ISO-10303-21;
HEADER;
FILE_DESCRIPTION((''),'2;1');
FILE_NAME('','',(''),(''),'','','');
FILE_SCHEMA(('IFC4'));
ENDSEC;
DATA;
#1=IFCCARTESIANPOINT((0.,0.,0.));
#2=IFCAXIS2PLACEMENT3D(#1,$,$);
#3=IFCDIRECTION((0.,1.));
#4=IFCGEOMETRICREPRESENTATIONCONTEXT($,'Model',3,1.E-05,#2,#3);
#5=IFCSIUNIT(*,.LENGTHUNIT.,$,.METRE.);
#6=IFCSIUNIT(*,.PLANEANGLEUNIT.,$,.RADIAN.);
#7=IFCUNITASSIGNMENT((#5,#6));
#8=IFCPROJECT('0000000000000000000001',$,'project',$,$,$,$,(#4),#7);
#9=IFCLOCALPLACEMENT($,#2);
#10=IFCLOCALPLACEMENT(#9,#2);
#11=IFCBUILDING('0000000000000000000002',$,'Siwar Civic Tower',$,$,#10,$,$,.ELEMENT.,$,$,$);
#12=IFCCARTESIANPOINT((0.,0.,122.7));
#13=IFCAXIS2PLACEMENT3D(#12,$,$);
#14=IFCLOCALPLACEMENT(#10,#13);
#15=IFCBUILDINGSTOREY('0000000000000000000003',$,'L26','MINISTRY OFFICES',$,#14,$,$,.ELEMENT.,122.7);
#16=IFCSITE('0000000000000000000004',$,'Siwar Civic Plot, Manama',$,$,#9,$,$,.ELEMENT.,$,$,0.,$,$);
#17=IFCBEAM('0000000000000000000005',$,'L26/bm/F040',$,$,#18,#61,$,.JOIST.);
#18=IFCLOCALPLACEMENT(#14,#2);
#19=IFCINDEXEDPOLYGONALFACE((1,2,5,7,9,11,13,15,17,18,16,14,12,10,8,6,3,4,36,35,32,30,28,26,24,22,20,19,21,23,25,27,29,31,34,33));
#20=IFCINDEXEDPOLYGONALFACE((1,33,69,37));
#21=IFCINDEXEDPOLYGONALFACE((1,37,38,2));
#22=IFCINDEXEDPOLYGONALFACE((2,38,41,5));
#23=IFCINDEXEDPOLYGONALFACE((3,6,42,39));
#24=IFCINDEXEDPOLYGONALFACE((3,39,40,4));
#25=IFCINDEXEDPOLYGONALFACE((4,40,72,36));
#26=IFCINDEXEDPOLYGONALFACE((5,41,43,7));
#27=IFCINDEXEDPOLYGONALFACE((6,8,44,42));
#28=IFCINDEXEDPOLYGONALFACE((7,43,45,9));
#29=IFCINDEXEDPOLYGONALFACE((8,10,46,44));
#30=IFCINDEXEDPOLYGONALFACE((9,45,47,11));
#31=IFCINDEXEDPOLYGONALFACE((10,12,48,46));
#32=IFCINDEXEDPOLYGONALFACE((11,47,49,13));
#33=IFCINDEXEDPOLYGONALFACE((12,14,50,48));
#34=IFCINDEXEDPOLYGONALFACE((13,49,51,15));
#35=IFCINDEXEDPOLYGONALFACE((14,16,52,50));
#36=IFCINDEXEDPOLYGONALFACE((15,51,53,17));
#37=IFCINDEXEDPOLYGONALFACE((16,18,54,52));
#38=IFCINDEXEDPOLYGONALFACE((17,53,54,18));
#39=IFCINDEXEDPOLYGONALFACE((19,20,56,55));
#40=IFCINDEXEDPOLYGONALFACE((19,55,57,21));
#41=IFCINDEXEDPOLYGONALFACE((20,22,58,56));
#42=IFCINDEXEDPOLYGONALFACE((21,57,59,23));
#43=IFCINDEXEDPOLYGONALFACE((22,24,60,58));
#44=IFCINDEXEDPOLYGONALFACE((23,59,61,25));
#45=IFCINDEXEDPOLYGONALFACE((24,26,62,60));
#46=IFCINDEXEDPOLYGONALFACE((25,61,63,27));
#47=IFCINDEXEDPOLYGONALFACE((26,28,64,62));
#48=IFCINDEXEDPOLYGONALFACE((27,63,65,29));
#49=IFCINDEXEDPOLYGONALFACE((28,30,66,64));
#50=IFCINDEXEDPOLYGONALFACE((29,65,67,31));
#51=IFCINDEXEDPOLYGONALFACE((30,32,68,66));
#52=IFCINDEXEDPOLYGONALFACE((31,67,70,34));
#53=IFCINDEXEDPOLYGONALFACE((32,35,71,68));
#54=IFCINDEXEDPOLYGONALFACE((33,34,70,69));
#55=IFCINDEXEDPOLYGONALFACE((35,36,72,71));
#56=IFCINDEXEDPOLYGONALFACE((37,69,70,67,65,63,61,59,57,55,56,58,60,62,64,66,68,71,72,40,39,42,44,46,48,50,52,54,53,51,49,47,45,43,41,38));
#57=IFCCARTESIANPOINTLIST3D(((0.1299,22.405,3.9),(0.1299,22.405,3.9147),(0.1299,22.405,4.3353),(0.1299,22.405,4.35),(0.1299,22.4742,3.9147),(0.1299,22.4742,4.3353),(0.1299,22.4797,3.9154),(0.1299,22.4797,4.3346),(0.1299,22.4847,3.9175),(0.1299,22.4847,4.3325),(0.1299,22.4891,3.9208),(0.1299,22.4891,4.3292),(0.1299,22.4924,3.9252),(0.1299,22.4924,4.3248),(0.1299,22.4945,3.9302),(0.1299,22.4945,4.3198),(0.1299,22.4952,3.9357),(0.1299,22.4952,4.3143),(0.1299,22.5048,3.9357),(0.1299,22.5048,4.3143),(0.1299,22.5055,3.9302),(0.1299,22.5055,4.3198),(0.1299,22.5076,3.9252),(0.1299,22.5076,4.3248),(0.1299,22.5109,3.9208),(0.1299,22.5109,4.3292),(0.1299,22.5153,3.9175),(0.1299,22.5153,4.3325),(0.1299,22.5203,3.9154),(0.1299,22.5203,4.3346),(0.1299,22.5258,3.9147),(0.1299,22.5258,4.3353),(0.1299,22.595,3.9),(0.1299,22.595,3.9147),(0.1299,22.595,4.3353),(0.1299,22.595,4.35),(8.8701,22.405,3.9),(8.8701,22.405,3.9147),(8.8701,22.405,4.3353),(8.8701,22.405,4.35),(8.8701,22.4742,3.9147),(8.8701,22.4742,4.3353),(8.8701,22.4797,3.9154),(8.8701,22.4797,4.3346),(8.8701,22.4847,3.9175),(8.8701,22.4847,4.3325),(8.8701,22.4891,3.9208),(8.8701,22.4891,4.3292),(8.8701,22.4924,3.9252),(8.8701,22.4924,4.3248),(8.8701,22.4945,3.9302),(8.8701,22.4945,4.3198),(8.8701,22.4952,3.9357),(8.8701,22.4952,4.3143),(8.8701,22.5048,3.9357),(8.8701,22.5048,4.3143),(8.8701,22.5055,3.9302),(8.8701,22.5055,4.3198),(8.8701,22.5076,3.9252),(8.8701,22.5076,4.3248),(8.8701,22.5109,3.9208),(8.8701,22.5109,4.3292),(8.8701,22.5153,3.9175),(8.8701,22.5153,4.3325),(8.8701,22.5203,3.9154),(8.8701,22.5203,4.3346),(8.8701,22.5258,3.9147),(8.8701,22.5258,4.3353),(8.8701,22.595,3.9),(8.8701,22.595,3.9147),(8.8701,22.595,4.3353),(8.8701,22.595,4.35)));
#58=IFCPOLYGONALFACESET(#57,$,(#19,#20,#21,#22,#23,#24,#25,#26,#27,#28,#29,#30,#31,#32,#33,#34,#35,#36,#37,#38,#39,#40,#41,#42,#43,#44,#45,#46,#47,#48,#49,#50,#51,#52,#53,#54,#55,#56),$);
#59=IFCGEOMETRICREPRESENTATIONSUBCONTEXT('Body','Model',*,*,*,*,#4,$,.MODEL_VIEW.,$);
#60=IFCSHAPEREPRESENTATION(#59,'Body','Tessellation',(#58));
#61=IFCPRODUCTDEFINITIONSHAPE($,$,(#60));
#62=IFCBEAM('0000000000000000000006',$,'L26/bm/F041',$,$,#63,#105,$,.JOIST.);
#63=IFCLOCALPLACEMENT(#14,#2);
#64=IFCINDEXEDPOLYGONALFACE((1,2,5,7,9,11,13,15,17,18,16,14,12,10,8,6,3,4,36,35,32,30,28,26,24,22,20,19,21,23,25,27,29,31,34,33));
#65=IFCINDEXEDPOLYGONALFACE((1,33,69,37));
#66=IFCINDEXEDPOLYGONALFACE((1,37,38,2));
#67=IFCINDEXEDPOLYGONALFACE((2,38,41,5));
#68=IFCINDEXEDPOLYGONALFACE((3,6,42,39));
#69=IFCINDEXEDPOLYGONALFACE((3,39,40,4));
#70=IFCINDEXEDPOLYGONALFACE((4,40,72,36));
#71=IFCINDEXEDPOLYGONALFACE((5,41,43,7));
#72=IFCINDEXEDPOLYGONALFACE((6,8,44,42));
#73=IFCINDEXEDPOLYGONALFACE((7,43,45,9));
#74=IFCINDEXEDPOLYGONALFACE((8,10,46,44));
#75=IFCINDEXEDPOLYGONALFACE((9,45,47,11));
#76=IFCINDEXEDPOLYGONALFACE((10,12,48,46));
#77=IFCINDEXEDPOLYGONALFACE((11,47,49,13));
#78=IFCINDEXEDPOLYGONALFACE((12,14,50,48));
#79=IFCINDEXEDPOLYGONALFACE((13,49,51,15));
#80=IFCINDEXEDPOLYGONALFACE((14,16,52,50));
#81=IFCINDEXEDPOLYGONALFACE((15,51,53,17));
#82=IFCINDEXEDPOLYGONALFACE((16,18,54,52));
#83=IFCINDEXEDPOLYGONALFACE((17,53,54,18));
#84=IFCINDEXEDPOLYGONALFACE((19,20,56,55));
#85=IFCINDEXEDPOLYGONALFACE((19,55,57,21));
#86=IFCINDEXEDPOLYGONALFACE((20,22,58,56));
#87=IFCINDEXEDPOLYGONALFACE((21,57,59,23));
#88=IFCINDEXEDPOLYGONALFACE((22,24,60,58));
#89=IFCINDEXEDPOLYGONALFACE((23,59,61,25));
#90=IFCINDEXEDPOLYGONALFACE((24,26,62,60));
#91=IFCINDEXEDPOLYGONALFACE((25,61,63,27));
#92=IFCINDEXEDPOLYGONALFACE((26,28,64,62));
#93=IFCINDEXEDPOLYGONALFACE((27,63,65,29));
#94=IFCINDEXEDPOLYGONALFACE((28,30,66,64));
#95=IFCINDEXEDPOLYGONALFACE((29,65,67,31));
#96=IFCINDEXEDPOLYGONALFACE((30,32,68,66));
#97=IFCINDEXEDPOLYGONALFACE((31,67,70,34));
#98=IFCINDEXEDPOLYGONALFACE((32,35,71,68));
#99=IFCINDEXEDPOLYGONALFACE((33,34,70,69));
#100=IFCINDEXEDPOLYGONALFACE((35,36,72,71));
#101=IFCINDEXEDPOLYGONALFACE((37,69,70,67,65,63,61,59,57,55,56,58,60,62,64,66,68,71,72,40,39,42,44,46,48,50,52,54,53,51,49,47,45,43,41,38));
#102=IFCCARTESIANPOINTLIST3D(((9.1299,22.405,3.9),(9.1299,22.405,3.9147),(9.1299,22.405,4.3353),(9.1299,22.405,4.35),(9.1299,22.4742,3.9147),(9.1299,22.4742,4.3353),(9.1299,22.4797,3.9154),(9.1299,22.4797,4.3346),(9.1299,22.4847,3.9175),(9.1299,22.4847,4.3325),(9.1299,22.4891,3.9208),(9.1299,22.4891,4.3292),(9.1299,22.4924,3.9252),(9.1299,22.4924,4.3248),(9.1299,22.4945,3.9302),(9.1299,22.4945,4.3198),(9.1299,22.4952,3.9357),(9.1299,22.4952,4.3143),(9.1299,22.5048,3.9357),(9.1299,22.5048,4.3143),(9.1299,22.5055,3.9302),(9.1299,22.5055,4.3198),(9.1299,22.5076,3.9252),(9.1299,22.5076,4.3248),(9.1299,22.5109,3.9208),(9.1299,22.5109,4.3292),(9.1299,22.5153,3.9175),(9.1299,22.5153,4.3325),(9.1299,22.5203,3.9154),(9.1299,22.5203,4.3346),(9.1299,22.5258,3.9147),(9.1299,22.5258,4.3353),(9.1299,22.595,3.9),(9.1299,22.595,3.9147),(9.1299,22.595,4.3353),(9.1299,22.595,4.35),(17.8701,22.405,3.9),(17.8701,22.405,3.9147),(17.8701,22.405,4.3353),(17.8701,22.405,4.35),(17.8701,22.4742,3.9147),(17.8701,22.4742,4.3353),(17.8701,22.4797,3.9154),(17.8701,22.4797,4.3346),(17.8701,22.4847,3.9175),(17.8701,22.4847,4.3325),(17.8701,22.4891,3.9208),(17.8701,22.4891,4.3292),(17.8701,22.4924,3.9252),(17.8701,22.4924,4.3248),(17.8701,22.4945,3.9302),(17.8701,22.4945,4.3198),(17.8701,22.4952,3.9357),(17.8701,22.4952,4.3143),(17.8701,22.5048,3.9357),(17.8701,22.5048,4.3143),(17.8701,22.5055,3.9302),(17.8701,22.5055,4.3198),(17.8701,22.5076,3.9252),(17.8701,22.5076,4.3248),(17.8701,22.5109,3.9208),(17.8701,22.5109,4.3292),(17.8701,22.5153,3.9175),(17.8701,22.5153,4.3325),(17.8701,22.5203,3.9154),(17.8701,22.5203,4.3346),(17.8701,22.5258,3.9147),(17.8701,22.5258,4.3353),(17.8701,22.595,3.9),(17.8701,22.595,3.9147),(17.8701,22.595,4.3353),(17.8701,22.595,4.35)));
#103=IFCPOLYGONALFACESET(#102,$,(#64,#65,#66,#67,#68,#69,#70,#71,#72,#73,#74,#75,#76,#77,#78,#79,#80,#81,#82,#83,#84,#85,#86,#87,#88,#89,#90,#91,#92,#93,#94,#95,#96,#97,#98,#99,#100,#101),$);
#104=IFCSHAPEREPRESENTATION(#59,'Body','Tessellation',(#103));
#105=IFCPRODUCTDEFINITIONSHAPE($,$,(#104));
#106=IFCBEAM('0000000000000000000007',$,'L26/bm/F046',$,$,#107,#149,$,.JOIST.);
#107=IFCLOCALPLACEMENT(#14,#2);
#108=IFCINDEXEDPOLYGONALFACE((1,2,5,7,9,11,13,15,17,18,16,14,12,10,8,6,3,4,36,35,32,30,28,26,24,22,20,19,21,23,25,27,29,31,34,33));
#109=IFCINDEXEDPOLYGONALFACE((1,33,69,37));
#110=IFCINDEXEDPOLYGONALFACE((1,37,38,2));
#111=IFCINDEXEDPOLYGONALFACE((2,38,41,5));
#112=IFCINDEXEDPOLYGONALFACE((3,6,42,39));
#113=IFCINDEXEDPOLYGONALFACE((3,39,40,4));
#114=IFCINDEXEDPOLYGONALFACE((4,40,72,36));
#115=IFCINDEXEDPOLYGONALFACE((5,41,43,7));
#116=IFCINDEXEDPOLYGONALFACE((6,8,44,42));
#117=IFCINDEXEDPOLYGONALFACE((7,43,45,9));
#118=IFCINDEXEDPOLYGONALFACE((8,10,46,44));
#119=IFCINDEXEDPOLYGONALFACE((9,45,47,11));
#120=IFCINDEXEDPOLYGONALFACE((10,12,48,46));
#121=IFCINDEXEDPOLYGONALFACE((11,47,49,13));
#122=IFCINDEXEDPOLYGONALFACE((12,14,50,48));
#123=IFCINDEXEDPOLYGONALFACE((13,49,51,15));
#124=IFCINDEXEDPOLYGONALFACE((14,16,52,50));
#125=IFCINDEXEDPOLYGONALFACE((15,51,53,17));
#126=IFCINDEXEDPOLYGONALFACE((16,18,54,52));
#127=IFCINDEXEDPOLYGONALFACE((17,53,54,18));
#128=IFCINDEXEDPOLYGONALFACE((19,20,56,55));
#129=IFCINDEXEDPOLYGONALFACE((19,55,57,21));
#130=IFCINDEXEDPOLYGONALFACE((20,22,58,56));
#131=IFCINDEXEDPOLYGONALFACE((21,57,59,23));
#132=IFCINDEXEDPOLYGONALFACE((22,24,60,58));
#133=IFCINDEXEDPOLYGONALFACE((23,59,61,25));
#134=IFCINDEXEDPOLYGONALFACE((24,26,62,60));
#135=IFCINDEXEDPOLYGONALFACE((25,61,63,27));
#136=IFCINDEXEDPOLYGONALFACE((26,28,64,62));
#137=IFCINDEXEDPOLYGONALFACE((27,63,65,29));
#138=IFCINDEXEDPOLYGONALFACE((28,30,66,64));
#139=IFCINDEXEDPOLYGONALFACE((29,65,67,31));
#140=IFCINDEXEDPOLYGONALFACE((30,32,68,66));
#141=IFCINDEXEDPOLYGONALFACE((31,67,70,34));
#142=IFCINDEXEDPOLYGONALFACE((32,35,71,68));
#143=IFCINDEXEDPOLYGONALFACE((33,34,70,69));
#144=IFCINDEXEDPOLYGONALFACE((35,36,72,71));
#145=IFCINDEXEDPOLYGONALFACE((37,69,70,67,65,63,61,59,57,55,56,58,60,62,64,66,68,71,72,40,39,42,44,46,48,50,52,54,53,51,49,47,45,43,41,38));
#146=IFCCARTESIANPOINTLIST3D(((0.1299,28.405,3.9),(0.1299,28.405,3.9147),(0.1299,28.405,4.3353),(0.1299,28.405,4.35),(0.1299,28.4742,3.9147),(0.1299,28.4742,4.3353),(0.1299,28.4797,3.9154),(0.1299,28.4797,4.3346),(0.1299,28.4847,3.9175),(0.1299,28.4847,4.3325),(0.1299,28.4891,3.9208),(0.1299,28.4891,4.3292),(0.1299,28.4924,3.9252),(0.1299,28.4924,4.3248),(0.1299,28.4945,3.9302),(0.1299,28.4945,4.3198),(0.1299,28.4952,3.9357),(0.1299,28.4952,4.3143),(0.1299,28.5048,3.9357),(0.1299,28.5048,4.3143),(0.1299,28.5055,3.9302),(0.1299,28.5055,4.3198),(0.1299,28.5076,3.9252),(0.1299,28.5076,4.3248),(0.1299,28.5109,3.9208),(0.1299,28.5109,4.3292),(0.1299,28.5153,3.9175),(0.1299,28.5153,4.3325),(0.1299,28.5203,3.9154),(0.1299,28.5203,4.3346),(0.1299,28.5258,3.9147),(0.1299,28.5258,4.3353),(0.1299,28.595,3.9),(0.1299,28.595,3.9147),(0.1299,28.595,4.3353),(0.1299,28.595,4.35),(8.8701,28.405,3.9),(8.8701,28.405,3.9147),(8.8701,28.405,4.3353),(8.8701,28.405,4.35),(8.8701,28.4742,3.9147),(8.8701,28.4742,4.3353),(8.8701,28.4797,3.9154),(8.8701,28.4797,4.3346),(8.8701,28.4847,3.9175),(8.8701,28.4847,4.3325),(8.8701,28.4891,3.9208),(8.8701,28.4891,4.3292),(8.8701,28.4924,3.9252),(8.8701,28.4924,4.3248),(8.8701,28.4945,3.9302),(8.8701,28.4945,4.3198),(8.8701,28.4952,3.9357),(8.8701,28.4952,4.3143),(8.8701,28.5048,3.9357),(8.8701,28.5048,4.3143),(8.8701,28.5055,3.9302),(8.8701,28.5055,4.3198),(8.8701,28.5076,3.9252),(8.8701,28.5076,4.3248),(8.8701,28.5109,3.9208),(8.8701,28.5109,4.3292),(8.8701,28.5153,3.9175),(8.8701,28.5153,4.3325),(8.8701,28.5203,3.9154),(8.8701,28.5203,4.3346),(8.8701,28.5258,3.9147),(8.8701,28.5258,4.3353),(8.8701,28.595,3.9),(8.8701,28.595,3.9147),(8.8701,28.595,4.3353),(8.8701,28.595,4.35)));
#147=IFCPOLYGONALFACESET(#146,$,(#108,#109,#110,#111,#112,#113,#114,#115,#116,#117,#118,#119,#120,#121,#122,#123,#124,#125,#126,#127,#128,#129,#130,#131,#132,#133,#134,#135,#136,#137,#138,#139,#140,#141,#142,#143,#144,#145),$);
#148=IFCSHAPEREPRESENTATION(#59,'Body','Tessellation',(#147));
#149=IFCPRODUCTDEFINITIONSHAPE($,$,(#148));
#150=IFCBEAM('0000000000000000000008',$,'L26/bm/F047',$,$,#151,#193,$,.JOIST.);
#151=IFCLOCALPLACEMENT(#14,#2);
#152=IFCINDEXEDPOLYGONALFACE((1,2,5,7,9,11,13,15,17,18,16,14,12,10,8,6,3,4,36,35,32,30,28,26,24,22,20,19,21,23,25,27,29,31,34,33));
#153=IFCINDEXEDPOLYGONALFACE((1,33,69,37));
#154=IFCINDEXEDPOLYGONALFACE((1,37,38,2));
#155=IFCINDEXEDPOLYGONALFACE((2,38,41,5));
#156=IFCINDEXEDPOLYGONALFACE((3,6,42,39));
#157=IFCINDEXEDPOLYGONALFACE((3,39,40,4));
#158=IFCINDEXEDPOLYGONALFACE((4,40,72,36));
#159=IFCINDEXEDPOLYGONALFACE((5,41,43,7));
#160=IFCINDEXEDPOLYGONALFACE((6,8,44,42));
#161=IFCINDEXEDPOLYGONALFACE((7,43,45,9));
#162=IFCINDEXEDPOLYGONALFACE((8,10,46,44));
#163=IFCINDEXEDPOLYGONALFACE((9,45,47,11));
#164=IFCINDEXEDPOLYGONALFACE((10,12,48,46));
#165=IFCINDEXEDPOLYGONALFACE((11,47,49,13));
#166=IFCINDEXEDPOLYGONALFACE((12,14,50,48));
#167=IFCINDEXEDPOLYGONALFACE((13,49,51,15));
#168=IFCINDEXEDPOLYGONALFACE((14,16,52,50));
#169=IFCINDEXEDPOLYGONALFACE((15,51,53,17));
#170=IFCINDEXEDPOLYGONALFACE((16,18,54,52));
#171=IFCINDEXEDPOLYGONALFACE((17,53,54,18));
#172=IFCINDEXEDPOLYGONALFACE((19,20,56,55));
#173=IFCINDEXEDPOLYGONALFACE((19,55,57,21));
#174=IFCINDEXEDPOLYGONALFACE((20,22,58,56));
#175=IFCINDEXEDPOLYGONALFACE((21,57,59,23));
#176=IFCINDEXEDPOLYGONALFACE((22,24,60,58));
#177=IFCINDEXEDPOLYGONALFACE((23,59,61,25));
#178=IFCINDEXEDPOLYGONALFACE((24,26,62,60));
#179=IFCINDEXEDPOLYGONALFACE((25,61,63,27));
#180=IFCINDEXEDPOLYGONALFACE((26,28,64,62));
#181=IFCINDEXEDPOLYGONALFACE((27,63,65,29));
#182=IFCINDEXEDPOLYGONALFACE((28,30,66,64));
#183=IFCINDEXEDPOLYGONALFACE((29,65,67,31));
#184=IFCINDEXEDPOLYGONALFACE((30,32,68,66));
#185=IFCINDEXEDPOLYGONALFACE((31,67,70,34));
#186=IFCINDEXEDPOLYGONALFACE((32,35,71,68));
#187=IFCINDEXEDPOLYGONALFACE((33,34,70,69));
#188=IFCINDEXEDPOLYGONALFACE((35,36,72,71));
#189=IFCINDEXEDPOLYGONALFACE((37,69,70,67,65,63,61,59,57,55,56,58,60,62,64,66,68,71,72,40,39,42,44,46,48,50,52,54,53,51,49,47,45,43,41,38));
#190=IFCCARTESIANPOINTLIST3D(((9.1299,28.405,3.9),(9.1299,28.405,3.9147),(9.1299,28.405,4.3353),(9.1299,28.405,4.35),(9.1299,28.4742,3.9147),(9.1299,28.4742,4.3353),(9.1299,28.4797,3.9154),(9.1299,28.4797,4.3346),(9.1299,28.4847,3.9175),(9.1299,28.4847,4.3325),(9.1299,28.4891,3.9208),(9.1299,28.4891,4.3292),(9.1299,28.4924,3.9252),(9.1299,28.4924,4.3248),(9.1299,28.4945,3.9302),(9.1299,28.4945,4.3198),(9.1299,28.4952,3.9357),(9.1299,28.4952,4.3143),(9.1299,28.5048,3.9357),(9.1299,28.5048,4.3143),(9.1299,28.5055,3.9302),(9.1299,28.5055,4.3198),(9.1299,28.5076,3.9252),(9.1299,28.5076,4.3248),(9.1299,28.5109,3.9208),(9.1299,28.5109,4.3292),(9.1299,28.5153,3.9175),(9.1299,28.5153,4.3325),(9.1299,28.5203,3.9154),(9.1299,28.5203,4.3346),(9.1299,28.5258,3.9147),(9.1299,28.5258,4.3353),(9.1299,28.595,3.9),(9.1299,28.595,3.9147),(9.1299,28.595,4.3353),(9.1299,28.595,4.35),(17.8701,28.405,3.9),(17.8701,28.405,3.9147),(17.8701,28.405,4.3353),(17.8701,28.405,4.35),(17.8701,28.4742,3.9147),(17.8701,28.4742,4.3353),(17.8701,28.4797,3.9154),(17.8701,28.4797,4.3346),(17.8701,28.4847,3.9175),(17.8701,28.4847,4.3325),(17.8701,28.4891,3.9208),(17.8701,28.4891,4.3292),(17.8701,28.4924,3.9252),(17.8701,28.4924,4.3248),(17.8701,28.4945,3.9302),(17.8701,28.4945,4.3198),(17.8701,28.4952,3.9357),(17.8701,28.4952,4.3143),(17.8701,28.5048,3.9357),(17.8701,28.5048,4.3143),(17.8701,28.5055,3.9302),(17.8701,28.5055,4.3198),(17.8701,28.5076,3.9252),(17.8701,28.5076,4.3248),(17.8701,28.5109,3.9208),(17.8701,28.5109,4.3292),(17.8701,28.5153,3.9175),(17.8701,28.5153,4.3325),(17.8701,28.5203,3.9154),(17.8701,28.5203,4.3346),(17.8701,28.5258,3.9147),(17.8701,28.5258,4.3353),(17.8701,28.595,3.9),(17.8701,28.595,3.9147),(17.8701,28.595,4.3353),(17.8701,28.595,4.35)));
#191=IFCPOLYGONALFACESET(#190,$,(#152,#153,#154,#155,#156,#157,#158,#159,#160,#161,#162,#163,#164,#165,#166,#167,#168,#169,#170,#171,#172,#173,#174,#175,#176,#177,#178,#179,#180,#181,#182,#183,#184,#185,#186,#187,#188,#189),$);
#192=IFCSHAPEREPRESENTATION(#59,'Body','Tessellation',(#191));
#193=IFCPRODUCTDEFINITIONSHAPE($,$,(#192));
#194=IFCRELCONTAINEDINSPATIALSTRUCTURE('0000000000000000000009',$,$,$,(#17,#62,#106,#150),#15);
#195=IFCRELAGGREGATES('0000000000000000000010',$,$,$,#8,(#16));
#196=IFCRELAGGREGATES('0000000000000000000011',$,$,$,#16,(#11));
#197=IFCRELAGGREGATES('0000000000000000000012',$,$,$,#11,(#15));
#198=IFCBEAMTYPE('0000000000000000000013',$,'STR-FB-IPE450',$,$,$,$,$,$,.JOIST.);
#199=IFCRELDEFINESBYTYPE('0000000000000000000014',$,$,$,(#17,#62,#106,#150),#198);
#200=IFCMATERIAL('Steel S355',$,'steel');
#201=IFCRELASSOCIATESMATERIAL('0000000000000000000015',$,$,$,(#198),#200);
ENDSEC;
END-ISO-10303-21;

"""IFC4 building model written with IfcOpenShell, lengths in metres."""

from ifc_helpers import new_model, si_unit, direction, frame, origin, origin_2d, place, context, subcontext, project, spatial, i_section, extrude, material, material_profile, profile_set, type_object, element, save


model = new_model("IFC4")

# Units and contexts
model_context = context("Model", 3, precision=1e-05, world=origin(), true_north=direction((0.0, 1.0)))
body_context = subcontext(model_context, "Body", "Model", "MODEL_VIEW")
ifc_project = project(units=[si_unit("LENGTHUNIT", "METRE"), si_unit("PLANEANGLEUNIT", "RADIAN")], contexts=[model_context])

# Site, building, storey
site_placement = place(None, origin())
site = spatial("IfcSite", under=ifc_project, at=site_placement, Name="Siwar Civic Plot, Manama", CompositionType="ELEMENT", RefElevation=0.0)
building_placement = place(site_placement, origin())
building = spatial("IfcBuilding", under=site, at=building_placement, Name="Siwar Civic Tower", CompositionType="ELEMENT")
storey_placement = place(building_placement, frame((0.0, 0.0, 122.7)))
storey = spatial("IfcBuildingStorey", under=building, at=storey_placement, Name="L26", Description="MINISTRY OFFICES", CompositionType="ELEMENT", Elevation=122.7)

# Beams
ifc_material_1 = material(Name="Steel S355", Category="steel")
ifc_material_profile_1 = material_profile(ifc_material_1, i_section(OverallWidth=0.1899, OverallDepth=0.45, WebThickness=0.0095, FlangeThickness=0.0146, FilletRadius=0.021, at=origin_2d()), Name="IPE450")
ifc_profile_set_1 = profile_set([ifc_material_profile_1], Name="Steel S355")
beam_type_1 = type_object("IfcBeamType", Name="STR-FB-IPE450", PredefinedType="JOIST", material=ifc_profile_set_1)
for number, where, z_axis, x_axis, name in (
    (1, (0.1299, 22.5, 4.125), (1.0, 0.0, 0.0), (0.0, 1.0, 0.0), "L26/bm/F040"),
    (2, (9.1299, 22.5, 4.125), (1.0, 0.0, 0.0), (0.0, 1.0, 0.0), "L26/bm/F041"),
    (3, (0.1299, 28.5, 4.125), (1.0, 0.0, 0.0), (0.0, 1.0, 0.0), "L26/bm/F046"),
    (4, (9.1299, 28.5, 4.125), (1.0, 0.0, 0.0), (0.0, 1.0, 0.0), "L26/bm/F047"),
):
    element("IfcBeam", number, at=place(storey_placement, frame(where, z_axis=z_axis, x_axis=x_axis)), inside=storey, type_object=beam_type_1, Name=name, PredefinedType="JOIST", context=body_context, shape_type="SweptSolid", body=[
        extrude(i_section(OverallWidth=0.1899, OverallDepth=0.45, WebThickness=0.0095, FlangeThickness=0.0146, FilletRadius=0.021, at=origin_2d()), origin(), (0.0, 0.0, 1.0), 8.7402),
    ])

save(model, "model.ifc")
